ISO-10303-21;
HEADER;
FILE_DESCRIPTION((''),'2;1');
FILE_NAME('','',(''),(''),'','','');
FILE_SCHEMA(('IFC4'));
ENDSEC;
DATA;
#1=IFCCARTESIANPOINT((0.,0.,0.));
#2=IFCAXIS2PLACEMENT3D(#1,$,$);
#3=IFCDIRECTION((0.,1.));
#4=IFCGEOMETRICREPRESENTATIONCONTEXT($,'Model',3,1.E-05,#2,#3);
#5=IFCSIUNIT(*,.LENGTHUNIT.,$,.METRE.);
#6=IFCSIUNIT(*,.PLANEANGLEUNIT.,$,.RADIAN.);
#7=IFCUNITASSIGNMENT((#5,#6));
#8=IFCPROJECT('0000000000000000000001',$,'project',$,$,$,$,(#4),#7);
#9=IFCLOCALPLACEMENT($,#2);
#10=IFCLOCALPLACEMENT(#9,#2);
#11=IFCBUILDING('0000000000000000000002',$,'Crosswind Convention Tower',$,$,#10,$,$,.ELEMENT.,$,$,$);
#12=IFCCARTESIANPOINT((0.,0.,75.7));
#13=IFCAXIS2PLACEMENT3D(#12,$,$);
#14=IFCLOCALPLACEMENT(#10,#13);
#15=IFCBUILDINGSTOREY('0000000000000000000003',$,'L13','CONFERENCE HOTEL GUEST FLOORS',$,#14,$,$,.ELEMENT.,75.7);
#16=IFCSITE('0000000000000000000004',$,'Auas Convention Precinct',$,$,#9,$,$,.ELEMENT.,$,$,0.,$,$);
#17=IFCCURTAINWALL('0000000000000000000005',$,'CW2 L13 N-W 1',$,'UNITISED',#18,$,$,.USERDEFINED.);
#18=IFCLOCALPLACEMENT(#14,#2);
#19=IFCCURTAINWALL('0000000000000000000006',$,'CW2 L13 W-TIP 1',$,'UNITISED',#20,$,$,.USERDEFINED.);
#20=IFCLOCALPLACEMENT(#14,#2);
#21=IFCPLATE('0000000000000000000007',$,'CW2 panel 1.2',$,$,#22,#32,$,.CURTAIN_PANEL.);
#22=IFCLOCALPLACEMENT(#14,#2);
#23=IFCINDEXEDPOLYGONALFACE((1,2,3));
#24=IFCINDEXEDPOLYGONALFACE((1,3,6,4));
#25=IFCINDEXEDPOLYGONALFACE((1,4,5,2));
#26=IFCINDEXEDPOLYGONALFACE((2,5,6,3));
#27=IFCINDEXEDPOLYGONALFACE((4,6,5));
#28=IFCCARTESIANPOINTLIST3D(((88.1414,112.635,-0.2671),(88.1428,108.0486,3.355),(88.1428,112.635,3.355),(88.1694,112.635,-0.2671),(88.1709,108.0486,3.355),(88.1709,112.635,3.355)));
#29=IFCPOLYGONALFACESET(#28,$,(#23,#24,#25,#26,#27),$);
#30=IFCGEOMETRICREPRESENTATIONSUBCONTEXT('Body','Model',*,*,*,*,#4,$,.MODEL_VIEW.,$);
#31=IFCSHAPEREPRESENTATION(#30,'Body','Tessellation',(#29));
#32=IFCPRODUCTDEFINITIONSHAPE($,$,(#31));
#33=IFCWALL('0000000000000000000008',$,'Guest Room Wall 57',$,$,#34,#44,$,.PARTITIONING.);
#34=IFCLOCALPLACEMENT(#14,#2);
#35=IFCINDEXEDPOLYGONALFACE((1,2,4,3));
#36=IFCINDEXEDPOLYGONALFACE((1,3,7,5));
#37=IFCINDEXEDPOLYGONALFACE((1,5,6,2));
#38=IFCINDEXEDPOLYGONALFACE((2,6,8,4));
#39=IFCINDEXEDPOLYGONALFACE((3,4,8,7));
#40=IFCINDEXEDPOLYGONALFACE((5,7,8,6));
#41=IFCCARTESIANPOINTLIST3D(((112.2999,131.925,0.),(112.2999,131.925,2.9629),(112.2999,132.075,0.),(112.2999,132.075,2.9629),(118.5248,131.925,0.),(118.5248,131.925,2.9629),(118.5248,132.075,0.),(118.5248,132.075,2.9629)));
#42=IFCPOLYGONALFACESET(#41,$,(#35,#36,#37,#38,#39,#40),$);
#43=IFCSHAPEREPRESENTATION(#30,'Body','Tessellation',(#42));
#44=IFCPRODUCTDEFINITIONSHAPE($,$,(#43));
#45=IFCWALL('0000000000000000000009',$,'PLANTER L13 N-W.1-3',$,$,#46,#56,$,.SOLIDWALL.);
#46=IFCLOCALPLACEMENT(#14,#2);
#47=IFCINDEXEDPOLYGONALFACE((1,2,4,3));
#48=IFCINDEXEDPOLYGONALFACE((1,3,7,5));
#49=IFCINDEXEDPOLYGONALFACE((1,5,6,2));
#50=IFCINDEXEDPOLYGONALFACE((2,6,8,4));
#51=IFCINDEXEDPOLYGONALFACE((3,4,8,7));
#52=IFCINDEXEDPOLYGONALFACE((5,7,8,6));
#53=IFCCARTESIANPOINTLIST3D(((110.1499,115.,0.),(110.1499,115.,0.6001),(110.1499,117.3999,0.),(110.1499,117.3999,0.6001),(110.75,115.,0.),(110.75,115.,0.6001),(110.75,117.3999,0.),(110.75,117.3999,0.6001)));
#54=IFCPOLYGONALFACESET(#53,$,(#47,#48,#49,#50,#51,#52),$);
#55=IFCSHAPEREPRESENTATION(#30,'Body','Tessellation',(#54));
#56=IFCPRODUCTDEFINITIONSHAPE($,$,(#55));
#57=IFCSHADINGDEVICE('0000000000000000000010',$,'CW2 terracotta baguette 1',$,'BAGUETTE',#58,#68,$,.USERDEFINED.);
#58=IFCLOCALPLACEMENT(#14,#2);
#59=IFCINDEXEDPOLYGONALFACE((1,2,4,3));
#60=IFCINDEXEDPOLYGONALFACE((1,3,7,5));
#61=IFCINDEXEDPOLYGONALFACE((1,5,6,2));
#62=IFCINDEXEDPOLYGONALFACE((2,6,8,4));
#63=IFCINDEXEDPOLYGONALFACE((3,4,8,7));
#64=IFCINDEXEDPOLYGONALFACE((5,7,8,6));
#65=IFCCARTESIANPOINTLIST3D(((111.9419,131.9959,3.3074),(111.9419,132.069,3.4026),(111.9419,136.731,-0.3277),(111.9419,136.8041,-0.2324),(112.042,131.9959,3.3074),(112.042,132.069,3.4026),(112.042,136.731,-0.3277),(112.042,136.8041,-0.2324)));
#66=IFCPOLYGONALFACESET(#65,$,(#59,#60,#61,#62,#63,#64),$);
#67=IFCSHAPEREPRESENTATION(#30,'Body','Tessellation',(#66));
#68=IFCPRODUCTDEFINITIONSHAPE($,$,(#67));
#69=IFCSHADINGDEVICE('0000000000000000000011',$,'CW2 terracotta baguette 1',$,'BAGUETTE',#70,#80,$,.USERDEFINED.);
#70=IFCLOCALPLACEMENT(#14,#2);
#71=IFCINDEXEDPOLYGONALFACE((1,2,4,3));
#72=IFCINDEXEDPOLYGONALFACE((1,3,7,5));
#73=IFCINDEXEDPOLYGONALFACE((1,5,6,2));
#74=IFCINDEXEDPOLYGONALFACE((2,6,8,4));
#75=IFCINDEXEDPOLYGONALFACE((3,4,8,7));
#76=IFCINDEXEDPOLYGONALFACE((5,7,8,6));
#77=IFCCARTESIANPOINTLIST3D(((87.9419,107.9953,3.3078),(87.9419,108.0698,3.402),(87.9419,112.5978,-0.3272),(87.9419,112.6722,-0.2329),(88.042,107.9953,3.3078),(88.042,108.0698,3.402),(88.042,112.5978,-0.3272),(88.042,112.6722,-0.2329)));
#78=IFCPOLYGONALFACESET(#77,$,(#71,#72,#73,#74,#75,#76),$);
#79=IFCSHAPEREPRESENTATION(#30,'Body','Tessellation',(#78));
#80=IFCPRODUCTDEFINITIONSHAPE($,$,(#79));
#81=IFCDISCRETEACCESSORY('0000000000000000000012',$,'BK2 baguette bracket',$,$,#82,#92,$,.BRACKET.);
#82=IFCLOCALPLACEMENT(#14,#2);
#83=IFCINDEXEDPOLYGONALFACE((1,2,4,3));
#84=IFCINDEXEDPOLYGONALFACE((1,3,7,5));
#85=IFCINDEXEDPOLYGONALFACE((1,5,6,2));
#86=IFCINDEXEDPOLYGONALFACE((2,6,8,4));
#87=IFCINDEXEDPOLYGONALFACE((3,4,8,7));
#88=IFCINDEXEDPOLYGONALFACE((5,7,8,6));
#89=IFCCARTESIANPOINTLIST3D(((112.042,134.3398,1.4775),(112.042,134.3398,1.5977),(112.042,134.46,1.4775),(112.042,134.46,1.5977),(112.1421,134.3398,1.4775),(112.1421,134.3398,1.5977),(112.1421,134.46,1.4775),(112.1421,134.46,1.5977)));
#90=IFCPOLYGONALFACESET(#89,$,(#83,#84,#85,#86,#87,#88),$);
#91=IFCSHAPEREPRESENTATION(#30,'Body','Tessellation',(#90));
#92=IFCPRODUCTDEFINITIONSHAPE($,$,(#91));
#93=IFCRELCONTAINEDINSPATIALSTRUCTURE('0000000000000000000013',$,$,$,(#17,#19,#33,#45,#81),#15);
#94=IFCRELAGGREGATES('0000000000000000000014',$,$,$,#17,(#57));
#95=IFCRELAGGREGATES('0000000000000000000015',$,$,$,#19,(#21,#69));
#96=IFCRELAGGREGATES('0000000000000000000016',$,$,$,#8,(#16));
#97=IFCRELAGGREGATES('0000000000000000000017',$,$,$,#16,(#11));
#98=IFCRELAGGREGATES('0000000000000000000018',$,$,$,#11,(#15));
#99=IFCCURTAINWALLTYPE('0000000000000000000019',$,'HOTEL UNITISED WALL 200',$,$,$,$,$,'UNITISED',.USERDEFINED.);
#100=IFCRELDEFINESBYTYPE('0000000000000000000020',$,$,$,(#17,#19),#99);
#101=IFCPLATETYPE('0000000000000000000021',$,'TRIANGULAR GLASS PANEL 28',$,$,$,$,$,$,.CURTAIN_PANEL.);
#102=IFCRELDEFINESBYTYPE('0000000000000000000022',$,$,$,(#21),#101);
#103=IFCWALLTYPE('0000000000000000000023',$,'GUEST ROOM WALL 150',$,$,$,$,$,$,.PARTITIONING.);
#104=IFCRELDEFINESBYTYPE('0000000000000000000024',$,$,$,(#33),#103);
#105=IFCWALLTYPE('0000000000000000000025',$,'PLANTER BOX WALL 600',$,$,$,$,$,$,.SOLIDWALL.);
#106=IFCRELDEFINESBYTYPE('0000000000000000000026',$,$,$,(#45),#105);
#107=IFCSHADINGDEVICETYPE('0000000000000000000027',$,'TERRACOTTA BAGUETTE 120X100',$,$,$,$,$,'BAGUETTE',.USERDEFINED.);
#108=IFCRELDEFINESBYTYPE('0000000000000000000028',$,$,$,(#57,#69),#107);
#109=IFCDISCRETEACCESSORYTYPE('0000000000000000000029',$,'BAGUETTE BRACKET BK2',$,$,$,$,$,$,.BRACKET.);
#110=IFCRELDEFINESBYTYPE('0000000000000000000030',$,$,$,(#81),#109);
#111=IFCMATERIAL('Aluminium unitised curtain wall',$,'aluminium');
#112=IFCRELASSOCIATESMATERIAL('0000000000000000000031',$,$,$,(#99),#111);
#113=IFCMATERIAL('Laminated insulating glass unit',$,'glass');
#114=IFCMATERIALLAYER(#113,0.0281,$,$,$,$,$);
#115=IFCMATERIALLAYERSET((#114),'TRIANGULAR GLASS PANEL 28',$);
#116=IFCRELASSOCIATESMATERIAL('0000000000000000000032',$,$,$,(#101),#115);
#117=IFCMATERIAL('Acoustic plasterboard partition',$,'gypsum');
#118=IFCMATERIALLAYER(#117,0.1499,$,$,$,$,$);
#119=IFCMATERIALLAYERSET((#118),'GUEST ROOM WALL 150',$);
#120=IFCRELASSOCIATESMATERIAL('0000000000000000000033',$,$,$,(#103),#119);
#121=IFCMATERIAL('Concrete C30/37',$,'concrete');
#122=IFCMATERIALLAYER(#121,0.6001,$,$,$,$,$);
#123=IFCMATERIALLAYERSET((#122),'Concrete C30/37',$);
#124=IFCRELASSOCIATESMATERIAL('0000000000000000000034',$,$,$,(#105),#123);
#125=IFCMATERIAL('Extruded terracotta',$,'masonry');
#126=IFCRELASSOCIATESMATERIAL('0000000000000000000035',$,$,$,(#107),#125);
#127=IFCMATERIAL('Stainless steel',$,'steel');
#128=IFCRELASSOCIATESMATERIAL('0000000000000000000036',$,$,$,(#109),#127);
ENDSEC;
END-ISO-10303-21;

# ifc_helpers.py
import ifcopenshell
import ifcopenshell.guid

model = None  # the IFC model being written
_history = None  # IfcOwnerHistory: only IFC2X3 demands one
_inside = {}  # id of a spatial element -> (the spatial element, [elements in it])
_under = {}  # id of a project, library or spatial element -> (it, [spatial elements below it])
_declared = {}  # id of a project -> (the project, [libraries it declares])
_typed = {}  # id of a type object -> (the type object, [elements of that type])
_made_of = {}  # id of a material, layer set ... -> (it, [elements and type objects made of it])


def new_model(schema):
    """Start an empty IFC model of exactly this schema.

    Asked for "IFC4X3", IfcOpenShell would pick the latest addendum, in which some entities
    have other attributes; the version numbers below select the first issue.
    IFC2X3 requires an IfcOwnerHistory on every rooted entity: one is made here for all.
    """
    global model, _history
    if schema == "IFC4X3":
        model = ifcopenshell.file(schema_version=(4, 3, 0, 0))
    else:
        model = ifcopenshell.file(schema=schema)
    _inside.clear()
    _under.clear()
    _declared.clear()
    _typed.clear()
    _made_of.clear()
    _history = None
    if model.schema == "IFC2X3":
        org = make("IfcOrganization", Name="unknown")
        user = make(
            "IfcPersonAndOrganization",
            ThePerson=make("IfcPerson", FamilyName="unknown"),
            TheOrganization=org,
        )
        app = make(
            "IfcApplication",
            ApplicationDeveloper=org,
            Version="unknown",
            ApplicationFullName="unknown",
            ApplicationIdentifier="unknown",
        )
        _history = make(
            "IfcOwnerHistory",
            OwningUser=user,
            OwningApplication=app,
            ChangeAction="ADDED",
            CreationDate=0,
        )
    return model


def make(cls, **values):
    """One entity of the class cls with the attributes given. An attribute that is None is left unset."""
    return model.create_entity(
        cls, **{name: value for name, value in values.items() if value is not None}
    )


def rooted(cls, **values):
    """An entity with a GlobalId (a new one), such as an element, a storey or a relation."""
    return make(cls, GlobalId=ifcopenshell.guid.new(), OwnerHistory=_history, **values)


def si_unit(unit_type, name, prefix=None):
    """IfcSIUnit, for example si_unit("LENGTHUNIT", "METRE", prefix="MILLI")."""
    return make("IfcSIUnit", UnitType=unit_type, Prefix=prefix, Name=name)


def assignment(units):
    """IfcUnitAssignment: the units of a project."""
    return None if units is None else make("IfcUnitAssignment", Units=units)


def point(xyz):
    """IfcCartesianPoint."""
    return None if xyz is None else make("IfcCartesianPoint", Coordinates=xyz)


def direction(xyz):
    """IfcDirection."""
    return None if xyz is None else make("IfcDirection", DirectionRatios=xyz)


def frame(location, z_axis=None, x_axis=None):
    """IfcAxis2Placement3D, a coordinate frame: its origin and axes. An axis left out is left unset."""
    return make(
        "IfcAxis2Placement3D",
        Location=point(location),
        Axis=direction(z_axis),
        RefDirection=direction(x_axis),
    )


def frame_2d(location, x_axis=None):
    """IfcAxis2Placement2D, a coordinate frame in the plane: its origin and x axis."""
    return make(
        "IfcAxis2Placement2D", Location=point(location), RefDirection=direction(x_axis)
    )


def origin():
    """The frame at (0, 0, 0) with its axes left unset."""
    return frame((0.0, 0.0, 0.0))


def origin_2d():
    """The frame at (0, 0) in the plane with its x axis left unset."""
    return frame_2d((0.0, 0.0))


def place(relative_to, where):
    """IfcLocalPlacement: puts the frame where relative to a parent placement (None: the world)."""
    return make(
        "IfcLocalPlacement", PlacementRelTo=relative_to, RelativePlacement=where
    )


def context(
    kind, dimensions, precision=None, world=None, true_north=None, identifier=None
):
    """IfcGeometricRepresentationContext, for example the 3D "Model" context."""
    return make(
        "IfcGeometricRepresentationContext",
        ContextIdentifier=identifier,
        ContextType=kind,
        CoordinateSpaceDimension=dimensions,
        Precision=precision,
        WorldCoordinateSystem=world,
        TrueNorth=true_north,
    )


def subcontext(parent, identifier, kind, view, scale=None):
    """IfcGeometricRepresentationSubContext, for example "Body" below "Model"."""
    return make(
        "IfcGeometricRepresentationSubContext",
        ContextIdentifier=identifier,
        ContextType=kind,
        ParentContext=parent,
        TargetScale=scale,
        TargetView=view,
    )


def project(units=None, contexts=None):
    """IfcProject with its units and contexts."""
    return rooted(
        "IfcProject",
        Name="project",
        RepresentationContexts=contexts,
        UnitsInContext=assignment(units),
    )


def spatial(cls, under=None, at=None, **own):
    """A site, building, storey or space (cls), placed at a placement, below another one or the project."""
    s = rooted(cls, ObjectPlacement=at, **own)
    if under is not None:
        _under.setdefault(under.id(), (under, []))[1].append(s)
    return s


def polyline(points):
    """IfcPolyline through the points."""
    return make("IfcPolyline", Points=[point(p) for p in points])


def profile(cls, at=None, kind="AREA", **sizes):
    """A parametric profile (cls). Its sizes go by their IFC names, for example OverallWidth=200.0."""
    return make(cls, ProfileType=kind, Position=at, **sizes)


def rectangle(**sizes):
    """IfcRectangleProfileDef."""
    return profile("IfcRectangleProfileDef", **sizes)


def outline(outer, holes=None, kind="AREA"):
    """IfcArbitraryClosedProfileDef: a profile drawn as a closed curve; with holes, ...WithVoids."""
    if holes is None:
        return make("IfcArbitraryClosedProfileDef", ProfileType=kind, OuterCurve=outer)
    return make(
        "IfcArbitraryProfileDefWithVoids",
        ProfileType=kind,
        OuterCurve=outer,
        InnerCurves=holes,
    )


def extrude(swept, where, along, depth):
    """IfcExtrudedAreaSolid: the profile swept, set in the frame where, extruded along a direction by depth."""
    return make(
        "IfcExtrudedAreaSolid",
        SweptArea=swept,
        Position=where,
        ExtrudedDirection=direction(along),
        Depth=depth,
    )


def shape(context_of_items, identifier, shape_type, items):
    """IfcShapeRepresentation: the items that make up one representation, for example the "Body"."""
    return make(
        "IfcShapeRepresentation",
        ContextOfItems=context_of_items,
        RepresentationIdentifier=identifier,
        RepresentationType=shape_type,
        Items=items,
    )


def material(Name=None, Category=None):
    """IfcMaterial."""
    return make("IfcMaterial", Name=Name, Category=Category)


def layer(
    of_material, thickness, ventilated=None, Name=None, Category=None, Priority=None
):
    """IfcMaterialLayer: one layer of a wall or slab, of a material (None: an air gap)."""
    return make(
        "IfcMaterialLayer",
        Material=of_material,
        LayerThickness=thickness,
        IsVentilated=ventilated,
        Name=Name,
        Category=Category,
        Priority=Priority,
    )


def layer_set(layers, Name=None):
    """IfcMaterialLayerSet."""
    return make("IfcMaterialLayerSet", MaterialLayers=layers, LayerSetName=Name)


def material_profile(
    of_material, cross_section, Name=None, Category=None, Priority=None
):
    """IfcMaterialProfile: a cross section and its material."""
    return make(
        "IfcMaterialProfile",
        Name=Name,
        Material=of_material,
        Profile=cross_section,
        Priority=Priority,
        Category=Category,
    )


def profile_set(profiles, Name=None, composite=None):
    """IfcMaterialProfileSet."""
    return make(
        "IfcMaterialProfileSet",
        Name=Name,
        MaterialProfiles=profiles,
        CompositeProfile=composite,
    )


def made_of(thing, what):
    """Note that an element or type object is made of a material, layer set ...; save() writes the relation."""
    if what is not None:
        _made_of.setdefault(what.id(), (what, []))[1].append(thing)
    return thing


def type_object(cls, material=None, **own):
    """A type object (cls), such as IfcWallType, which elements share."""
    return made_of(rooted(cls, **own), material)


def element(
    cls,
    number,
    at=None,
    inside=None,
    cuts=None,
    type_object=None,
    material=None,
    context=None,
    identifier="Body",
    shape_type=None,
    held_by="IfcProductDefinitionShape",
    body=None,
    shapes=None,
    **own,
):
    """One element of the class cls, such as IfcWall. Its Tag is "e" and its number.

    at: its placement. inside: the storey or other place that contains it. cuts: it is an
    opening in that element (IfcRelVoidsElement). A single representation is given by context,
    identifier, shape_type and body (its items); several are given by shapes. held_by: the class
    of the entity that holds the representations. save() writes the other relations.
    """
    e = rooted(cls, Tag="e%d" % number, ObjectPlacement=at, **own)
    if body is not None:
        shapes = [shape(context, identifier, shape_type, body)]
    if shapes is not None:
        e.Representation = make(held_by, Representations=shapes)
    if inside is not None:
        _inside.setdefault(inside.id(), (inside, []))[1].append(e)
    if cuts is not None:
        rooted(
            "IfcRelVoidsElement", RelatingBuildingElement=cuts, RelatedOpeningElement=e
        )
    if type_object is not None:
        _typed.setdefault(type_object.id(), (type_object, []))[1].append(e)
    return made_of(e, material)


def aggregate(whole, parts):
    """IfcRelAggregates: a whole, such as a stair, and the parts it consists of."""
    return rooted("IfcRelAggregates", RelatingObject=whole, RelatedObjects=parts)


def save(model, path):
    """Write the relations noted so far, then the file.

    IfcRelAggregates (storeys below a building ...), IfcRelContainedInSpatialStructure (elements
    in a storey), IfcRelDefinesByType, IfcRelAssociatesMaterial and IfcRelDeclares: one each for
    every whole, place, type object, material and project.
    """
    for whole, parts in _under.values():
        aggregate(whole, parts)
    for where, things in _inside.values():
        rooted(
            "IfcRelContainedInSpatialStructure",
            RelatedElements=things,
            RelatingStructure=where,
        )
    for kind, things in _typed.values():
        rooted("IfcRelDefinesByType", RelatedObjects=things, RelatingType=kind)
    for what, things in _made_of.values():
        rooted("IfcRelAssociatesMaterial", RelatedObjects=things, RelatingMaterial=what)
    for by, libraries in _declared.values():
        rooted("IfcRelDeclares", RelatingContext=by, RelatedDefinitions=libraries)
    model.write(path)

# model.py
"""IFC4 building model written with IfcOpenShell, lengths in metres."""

from ifc_helpers import new_model, si_unit, direction, frame, frame_2d, origin, origin_2d, place, context, subcontext, project, spatial, polyline, rectangle, outline, extrude, material, layer, layer_set, material_profile, profile_set, type_object, element, aggregate, save


model = new_model("IFC4")

# Units and contexts
model_context = context("Model", 3, precision=1e-05, world=origin(), true_north=direction((0.0, 1.0)))
body_context = subcontext(model_context, "Body", "Model", "MODEL_VIEW")
ifc_project = project(units=[si_unit("LENGTHUNIT", "METRE"), si_unit("PLANEANGLEUNIT", "RADIAN")], contexts=[model_context])

# Site, building, storey
site_placement = place(None, origin())
site = spatial("IfcSite", under=ifc_project, at=site_placement, Name="Auas Convention Precinct", CompositionType="ELEMENT", RefElevation=0.0)
building_placement = place(site_placement, origin())
building = spatial("IfcBuilding", under=site, at=building_placement, Name="Crosswind Convention Tower", CompositionType="ELEMENT")
storey_placement = place(building_placement, frame((0.0, 0.0, 75.7)))
storey = spatial("IfcBuildingStorey", under=building, at=storey_placement, Name="L13", Description="CONFERENCE HOTEL GUEST FLOORS", CompositionType="ELEMENT", Elevation=75.7)

# Shared definitions
ifc_material_1 = material(Name="Aluminium unitised curtain wall", Category="aluminium")

# Shared definitions
curtain_wall_type_1 = type_object("IfcCurtainWallType", Name="HOTEL UNITISED WALL 200", ElementType="UNITISED", PredefinedType="USERDEFINED", material=ifc_material_1)

# Curtain wall
curtain_wall_1_placement = place(storey_placement, origin())
curtain_wall_1 = element("IfcCurtainWall", 1, at=curtain_wall_1_placement, inside=storey, type_object=curtain_wall_type_1, Name="CW2 L13 N-W 1", ObjectType="UNITISED", PredefinedType="USERDEFINED")

# Curtain wall
curtain_wall_2_placement = place(storey_placement, origin())
curtain_wall_2 = element("IfcCurtainWall", 2, at=curtain_wall_2_placement, inside=storey, type_object=curtain_wall_type_1, Name="CW2 L13 W-TIP 1", ObjectType="UNITISED", PredefinedType="USERDEFINED")

# Plate
ifc_material_2 = material(Name="Laminated insulating glass unit", Category="glass")
ifc_layer_1 = layer(ifc_material_2, 0.0281)
ifc_layer_set_1 = layer_set([ifc_layer_1], Name="TRIANGULAR GLASS PANEL 28")
plate_type_1 = type_object("IfcPlateType", Name="TRIANGULAR GLASS PANEL 28", PredefinedType="CURTAIN_PANEL", material=ifc_layer_set_1)
plate_1_placement = place(storey_placement, frame((88.1428, 112.635, 3.355), z_axis=(-1.0, 0.0, 0.000404), x_axis=(-0.000404, 0.0, -1.0)))
plate_1 = element("IfcPlate", 3, at=plate_1_placement, type_object=plate_type_1, Name="CW2 panel 1.2", PredefinedType="CURTAIN_PANEL", context=body_context, shape_type="SweptSolid", body=[
    extrude(outline(polyline([(0.0, 0.0), (3.6221, 0.0), (0.0, 4.5864), (0.0, 0.0)])), origin(), (0.0, 0.0, -1.0), 0.0281),
])

# Walls
ifc_material_3 = material(Name="Acoustic plasterboard partition", Category="gypsum")
ifc_layer_2 = layer(ifc_material_3, 0.1499)
ifc_layer_set_2 = layer_set([ifc_layer_2], Name="GUEST ROOM WALL 150")
wall_type_1 = type_object("IfcWallType", Name="GUEST ROOM WALL 150", PredefinedType="PARTITIONING", material=ifc_layer_set_2)
wall_1_placement = place(storey_placement, frame((112.3, 132.0, 0.0), z_axis=(0.0, 0.0, 1.0), x_axis=(1.0, 0.0, 0.0)))
element("IfcWall", 4, at=wall_1_placement, inside=storey, type_object=wall_type_1, Name="Guest Room Wall 57", PredefinedType="PARTITIONING", context=body_context, shape_type="SweptSolid", body=[
    extrude(rectangle(XDim=6.2249, YDim=0.1499, at=frame_2d((3.1123, 0.0))), origin(), (0.0, 0.0, 1.0), 2.9629),
])
ifc_material_4 = material(Name="Concrete C30/37", Category="concrete")
ifc_layer_3 = layer(ifc_material_4, 0.6001)
ifc_layer_set_3 = layer_set([ifc_layer_3], Name="Concrete C30/37")
wall_type_2 = type_object("IfcWallType", Name="PLANTER BOX WALL 600", PredefinedType="SOLIDWALL", material=ifc_layer_set_3)
wall_2_placement = place(storey_placement, frame((110.45, 117.3999, 0.0), z_axis=(0.0, 0.0, 1.0), x_axis=(0.0, -1.0, 0.0)))
element("IfcWall", 5, at=wall_2_placement, inside=storey, type_object=wall_type_2, Name="PLANTER L13 N-W.1-3", PredefinedType="SOLIDWALL", context=body_context, shape_type="SweptSolid", body=[
    extrude(rectangle(XDim=2.3999, YDim=0.6001, at=frame_2d((1.2, 0.0))), origin(), (0.0, 0.0, 1.0), 0.6001),
])

# Shading devices
ifc_material_5 = material(Name="Extruded terracotta", Category="masonry")
ifc_material_profile_1 = material_profile(ifc_material_5, rectangle(XDim=0.1001, YDim=0.1201, at=origin_2d()), Name="TC 100X120")
ifc_profile_set_1 = profile_set([ifc_material_profile_1], Name="Extruded terracotta")
shading_device_type = type_object("IfcShadingDeviceType", Name="TERRACOTTA BAGUETTE 120X100", ElementType="BAGUETTE", PredefinedType="USERDEFINED", material=ifc_profile_set_1)
shading_device_1_placement = place(storey_placement, frame((111.9919, 136.7676, -0.28), z_axis=(0.0, -0.793221, 0.608934), x_axis=(1.0, 0.0, 0.0)))
shading_device_1 = element("IfcShadingDevice", 6, at=shading_device_1_placement, type_object=shading_device_type, Name="CW2 terracotta baguette 1", ObjectType="BAGUETTE", PredefinedType="USERDEFINED", context=body_context, shape_type="SweptSolid", body=[
    extrude(rectangle(XDim=0.1001, YDim=0.1201, at=origin_2d()), origin(), (0.0, 0.0, 1.0), 5.9695),
])
aggregate(curtain_wall_1, [shading_device_1])
shading_device_2_placement = place(storey_placement, frame((87.9919, 112.635, -0.28), z_axis=(0.0, -0.784764, 0.619794), x_axis=(1.0, 0.0, 0.0)))
shading_device_2 = element("IfcShadingDevice", 7, at=shading_device_2_placement, type_object=shading_device_type, Name="CW2 terracotta baguette 1", ObjectType="BAGUETTE", PredefinedType="USERDEFINED", context=body_context, shape_type="SweptSolid", body=[
    extrude(rectangle(XDim=0.1001, YDim=0.1201, at=origin_2d()), origin(), (0.0, 0.0, 1.0), 5.8647),
])
aggregate(curtain_wall_2, [plate_1, shading_device_2])

# Discrete accessory
ifc_material_6 = material(Name="Stainless steel", Category="steel")
discrete_accessory_type = type_object("IfcDiscreteAccessoryType", Name="BAGUETTE BRACKET BK2", PredefinedType="BRACKET", material=ifc_material_6)
discrete_accessory_placement = place(storey_placement, frame((112.092, 134.3999, 1.4775), z_axis=(0.0, 0.0, 1.0), x_axis=(0.0, -1.0, 0.0)))
element("IfcDiscreteAccessory", 8, at=discrete_accessory_placement, inside=storey, type_object=discrete_accessory_type, Name="BK2 baguette bracket", PredefinedType="BRACKET", context=body_context, shape_type="SweptSolid", body=[
    extrude(rectangle(XDim=0.1201, YDim=0.1001, at=origin_2d()), origin(), (0.0, 0.0, 1.0), 0.1201),
])

save(model, "model.ifc")
